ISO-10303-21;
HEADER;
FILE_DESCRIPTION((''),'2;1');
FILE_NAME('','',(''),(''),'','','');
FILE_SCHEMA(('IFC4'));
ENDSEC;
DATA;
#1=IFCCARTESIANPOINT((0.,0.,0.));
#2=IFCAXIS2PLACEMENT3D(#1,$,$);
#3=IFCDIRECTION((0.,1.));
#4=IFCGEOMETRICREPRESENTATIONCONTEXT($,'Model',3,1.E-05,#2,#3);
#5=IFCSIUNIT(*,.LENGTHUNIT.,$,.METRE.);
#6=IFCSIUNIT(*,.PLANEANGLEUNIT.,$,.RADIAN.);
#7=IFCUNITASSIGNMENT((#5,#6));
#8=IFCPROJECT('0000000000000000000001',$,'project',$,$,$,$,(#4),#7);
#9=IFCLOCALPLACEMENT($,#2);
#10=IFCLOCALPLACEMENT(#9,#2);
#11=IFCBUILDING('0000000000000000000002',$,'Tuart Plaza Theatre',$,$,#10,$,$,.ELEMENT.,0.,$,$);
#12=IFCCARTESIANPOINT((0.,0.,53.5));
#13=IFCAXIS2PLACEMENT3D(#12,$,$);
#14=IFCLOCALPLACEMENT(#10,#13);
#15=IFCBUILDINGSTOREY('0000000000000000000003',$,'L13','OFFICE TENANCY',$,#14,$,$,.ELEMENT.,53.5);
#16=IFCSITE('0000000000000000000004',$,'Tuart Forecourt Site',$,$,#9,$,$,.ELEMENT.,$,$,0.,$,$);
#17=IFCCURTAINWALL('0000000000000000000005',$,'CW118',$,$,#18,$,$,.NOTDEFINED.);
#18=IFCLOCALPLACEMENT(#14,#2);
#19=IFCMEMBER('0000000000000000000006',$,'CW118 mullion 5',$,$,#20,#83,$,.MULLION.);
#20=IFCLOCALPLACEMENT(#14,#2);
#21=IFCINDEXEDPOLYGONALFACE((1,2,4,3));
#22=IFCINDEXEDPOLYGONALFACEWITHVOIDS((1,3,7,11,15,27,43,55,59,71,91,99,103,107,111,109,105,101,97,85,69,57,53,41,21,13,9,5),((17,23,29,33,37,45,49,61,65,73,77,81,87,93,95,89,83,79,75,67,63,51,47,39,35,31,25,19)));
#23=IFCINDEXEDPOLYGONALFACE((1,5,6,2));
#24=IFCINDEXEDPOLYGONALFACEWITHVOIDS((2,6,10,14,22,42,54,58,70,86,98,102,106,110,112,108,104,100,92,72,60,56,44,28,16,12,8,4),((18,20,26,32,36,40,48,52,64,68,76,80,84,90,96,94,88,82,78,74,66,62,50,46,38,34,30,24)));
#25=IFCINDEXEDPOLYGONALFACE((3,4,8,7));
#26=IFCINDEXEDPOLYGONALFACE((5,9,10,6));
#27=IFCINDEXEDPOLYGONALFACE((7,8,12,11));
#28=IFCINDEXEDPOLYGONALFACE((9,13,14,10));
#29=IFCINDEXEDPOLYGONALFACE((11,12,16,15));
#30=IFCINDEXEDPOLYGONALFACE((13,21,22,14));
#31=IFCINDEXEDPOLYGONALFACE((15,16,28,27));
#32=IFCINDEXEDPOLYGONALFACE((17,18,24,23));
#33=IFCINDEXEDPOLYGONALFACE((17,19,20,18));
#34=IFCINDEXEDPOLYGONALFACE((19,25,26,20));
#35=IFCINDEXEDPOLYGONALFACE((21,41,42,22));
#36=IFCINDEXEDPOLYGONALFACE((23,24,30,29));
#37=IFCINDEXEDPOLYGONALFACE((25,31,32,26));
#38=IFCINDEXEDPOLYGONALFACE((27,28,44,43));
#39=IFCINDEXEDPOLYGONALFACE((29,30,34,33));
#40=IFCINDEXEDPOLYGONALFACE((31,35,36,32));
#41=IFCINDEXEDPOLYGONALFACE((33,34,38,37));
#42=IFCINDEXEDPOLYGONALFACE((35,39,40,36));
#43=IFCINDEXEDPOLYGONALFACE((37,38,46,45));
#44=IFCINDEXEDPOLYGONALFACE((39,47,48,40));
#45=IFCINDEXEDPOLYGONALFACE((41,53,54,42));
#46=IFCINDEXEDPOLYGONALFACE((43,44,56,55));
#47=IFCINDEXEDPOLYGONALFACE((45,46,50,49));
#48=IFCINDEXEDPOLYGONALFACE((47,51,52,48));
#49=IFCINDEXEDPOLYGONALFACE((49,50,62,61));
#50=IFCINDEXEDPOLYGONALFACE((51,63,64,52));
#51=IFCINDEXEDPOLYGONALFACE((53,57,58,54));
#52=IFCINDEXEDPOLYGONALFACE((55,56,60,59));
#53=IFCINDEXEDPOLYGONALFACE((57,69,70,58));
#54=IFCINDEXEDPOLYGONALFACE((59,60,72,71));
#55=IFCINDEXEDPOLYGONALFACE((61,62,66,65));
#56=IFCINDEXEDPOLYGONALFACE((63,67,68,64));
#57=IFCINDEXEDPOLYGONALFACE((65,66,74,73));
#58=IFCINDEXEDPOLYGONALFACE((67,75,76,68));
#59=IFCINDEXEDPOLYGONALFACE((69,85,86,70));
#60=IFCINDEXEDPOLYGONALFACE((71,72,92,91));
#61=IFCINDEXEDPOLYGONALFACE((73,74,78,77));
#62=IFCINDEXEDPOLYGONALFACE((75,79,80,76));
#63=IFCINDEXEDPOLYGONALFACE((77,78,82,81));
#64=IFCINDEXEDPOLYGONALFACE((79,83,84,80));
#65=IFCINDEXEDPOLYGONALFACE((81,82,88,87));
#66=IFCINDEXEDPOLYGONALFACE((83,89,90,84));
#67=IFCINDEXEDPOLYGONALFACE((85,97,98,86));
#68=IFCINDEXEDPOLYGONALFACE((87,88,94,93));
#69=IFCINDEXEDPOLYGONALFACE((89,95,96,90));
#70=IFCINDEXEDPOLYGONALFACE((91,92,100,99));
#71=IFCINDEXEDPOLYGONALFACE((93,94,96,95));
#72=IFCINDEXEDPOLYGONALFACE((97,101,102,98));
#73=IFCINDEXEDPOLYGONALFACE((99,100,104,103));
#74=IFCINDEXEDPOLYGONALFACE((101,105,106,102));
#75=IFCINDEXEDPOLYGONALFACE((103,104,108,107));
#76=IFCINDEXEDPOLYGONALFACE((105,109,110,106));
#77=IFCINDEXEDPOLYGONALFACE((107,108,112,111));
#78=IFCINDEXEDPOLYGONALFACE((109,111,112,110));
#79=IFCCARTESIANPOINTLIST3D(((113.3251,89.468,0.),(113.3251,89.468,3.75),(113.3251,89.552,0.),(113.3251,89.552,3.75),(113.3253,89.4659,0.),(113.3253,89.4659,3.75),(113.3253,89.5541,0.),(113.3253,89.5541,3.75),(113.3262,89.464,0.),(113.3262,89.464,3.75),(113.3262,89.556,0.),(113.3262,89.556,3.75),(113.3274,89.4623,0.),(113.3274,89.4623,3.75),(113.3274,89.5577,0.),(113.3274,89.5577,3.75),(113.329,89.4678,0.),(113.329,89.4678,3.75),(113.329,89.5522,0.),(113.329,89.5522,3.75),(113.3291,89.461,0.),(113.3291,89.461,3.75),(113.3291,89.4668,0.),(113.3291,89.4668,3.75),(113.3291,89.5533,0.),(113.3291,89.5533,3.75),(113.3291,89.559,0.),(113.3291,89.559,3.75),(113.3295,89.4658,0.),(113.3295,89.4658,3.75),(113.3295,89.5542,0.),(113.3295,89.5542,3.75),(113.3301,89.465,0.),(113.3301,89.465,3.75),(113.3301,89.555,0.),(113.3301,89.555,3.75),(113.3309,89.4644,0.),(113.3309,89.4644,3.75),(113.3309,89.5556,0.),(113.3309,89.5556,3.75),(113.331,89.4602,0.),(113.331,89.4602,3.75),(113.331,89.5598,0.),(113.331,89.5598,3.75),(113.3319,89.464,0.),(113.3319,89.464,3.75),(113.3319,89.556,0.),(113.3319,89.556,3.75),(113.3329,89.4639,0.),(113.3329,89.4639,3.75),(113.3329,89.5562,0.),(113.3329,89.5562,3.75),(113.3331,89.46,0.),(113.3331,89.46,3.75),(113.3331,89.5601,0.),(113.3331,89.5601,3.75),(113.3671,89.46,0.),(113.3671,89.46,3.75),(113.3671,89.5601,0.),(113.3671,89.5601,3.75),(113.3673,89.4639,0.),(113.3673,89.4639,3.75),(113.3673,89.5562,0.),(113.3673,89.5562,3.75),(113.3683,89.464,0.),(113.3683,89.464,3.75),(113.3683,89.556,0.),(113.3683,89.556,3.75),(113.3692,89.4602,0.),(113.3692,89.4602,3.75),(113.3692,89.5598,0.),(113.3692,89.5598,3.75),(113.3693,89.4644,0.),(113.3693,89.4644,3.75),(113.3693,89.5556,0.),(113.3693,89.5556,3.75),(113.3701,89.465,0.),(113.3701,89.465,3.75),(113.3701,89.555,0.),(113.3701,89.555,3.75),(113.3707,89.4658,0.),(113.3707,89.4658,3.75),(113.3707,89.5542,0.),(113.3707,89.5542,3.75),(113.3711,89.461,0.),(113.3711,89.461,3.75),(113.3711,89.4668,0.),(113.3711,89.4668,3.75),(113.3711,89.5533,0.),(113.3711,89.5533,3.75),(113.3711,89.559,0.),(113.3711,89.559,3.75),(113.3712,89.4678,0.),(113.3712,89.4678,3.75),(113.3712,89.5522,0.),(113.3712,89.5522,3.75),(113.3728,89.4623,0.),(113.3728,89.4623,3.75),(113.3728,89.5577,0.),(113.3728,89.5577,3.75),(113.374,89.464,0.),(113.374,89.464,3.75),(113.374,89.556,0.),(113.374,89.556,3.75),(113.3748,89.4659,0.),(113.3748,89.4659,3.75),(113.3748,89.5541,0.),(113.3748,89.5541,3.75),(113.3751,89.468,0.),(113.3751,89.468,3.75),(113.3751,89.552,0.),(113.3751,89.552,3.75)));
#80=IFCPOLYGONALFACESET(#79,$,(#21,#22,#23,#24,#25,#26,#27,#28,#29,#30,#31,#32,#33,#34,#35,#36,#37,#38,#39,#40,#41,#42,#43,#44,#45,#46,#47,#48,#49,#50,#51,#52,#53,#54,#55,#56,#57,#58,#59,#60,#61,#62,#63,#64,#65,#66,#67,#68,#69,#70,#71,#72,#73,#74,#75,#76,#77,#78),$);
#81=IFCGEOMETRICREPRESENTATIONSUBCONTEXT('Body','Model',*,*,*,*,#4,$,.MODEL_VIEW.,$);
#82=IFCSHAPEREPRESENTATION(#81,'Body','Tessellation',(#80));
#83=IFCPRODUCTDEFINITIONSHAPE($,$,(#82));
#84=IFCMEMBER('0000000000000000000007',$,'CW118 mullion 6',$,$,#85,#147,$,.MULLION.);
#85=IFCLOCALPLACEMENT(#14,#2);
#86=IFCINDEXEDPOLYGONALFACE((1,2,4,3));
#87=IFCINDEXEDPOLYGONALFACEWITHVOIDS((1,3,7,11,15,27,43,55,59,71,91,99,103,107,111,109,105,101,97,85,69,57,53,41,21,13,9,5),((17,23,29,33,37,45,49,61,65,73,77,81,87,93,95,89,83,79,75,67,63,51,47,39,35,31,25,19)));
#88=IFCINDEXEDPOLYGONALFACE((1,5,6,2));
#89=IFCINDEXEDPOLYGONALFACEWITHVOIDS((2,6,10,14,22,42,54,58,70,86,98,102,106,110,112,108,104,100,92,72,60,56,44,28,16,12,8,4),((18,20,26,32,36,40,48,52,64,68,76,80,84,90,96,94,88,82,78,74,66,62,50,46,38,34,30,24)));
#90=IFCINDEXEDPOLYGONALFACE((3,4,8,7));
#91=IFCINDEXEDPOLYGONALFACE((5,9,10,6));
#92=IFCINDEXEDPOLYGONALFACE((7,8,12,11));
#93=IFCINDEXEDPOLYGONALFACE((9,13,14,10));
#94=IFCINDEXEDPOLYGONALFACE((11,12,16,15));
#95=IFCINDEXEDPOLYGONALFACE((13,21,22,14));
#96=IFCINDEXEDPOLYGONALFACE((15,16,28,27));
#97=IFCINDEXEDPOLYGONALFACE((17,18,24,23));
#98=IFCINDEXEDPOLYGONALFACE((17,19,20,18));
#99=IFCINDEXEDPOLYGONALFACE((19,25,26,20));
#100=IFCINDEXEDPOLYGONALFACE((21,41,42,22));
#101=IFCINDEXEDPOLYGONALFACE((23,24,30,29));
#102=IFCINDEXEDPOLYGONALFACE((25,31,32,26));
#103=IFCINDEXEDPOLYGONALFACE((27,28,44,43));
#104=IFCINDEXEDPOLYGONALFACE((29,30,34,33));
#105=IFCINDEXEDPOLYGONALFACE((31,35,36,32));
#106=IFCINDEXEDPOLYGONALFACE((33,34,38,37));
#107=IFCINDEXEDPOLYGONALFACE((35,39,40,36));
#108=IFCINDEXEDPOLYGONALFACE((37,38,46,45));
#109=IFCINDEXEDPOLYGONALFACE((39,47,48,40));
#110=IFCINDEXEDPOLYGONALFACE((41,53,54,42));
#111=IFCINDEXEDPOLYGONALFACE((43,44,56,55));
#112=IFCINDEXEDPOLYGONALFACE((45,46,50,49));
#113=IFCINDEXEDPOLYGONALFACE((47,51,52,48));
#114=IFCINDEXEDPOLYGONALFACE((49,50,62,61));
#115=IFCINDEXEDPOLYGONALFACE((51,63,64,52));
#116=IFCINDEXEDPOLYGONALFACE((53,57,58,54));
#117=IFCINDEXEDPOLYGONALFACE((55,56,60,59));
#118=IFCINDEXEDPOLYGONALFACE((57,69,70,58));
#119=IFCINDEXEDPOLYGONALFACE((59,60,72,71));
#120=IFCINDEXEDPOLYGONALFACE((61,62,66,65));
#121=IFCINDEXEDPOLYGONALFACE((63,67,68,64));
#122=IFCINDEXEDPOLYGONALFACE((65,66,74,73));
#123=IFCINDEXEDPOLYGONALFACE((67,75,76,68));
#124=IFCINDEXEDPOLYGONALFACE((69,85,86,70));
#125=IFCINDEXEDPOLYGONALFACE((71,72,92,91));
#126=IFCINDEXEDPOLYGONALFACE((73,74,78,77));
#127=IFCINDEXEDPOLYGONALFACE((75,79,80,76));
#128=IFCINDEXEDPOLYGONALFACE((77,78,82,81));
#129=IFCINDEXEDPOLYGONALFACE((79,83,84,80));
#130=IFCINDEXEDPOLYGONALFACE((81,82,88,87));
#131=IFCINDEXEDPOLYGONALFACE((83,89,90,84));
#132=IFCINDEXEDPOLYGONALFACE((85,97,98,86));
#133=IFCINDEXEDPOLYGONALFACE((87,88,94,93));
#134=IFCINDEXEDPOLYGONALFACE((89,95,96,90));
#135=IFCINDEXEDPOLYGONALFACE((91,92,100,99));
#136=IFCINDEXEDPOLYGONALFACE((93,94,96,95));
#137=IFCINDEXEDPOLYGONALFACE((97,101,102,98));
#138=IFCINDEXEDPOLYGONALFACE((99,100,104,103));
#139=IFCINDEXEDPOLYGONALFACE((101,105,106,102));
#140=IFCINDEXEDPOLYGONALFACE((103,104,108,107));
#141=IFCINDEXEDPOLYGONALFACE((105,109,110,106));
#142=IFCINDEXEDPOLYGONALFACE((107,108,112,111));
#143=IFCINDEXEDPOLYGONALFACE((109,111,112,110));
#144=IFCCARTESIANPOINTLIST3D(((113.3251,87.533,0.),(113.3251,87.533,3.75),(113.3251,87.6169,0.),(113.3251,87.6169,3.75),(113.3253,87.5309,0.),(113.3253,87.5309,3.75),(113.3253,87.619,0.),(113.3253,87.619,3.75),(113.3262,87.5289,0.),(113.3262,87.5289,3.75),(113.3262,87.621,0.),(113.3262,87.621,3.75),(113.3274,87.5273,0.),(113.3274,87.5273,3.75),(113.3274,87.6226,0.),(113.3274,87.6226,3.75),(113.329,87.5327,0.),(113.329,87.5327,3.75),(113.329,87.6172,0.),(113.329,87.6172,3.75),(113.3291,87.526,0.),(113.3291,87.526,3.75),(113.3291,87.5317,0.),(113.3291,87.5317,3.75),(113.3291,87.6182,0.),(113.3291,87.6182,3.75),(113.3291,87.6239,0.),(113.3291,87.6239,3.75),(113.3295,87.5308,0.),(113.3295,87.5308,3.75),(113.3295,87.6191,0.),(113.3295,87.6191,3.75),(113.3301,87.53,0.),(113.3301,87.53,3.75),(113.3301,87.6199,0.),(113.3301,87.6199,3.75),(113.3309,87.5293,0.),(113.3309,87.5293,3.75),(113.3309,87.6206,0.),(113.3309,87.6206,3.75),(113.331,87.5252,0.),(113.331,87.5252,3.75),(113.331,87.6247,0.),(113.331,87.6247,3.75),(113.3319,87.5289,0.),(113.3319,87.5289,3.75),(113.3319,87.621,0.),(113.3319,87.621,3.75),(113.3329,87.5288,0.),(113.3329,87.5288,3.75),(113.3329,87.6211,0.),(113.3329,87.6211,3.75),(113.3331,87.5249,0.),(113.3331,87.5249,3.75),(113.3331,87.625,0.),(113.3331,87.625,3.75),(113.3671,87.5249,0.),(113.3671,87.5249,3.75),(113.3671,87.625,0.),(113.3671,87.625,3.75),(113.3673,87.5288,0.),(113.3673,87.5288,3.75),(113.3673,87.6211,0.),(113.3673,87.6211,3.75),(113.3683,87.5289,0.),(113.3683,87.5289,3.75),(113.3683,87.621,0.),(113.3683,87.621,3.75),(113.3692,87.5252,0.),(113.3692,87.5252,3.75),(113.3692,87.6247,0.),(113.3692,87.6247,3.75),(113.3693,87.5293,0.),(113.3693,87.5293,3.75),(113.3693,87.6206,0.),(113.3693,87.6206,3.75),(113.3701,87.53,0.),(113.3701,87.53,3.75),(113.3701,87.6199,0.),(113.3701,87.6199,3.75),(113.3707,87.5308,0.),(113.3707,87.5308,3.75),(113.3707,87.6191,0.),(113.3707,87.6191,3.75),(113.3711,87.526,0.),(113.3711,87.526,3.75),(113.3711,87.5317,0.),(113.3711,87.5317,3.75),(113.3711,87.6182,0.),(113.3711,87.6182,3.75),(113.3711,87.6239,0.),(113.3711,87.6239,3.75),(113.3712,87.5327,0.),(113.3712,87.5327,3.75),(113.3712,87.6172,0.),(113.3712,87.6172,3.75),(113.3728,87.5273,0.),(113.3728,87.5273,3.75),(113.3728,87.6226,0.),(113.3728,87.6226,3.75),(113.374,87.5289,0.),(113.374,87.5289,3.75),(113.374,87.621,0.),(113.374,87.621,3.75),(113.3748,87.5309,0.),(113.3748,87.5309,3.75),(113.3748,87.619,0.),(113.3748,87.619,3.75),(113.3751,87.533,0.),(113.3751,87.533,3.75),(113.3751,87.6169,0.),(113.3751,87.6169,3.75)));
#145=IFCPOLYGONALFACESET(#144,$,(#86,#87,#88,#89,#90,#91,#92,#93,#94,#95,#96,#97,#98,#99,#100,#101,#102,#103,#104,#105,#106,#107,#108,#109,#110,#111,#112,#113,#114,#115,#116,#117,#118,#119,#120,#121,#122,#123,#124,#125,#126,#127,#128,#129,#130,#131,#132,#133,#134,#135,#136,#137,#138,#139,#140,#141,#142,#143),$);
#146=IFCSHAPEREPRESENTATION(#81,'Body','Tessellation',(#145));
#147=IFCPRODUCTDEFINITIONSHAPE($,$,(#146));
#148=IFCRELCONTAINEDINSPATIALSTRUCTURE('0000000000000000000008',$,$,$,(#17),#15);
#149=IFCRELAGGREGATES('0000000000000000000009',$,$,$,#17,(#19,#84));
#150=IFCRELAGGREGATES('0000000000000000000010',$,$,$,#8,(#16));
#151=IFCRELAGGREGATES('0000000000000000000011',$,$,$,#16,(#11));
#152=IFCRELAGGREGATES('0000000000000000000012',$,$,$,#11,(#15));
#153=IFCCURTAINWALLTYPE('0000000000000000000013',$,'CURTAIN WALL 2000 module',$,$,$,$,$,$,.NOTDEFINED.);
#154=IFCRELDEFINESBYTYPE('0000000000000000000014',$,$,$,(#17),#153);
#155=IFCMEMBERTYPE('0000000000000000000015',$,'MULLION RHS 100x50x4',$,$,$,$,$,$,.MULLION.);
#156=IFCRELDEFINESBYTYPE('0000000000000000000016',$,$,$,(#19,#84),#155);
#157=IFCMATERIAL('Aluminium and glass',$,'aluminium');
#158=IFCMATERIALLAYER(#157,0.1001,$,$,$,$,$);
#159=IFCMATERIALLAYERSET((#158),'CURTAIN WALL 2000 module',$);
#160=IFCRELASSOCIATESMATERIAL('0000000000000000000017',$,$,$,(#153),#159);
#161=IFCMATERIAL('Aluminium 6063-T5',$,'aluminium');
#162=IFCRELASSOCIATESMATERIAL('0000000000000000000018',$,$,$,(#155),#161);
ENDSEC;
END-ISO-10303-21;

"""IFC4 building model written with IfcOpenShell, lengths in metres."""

from ifc_helpers import new_model, si_unit, direction, frame, origin, origin_2d, place, context, subcontext, project, spatial, hollow_rectangle, extrude, material, layer, layer_set, material_profile, profile_set, type_object, element, aggregate, save


model = new_model("IFC4")

# Units and contexts
model_context = context("Model", 3, precision=1e-05, world=origin(), true_north=direction((0.0, 1.0)))
body_context = subcontext(model_context, "Body", "Model", "MODEL_VIEW")
ifc_project = project(units=[si_unit("LENGTHUNIT", "METRE"), si_unit("PLANEANGLEUNIT", "RADIAN")], contexts=[model_context])

# Site, building, storey
site_placement = place(None, origin())
site = spatial("IfcSite", under=ifc_project, at=site_placement, Name="Tuart Forecourt Site", CompositionType="ELEMENT", RefElevation=0.0)
building_placement = place(site_placement, origin())
building = spatial("IfcBuilding", under=site, at=building_placement, Name="Tuart Plaza Theatre", CompositionType="ELEMENT", ElevationOfRefHeight=0.0)
storey_placement = place(building_placement, frame((0.0, 0.0, 53.5)))
storey = spatial("IfcBuildingStorey", under=building, at=storey_placement, Name="L13", Description="OFFICE TENANCY", CompositionType="ELEMENT", Elevation=53.5)

# Curtain wall, members
ifc_material_1 = material(Name="Aluminium and glass", Category="aluminium")
ifc_layer_1 = layer(ifc_material_1, 0.1001)
ifc_layer_set_1 = layer_set([ifc_layer_1], Name="CURTAIN WALL 2000 module")
curtain_wall_type = type_object("IfcCurtainWallType", Name="CURTAIN WALL 2000 module", PredefinedType="NOTDEFINED", material=ifc_layer_set_1)
curtain_wall_placement = place(storey_placement, origin())
curtain_wall = element("IfcCurtainWall", 1, at=curtain_wall_placement, inside=storey, type_object=curtain_wall_type, Name="CW118", PredefinedType="NOTDEFINED")
ifc_material_2 = material(Name="Aluminium 6063-T5", Category="aluminium")
ifc_material_profile_1 = material_profile(ifc_material_2, hollow_rectangle(XDim=0.05, YDim=0.1001, WallThickness=0.0039, InnerFilletRadius=0.0039, OuterFilletRadius=0.0081, at=origin_2d()), Name="RHS 100x50x4")
ifc_profile_set_1 = profile_set([ifc_material_profile_1], Name="Aluminium 6063-T5")
member_type_1 = type_object("IfcMemberType", Name="MULLION RHS 100x50x4", PredefinedType="MULLION", material=ifc_profile_set_1)
member_1_placement = place(storey_placement, frame((113.3501, 89.51, 0.0), z_axis=(0.0, 0.0, 1.0), x_axis=(1.0, 0.0, 0.0)))
member_1 = element("IfcMember", 2, at=member_1_placement, type_object=member_type_1, Name="CW118 mullion 5", PredefinedType="MULLION", context=body_context, shape_type="SweptSolid", body=[
    extrude(hollow_rectangle(XDim=0.05, YDim=0.1001, WallThickness=0.0039, InnerFilletRadius=0.0039, OuterFilletRadius=0.0081, at=origin_2d()), origin(), (0.0, 0.0, 1.0), 3.75),
])
member_2_placement = place(storey_placement, frame((113.3501, 87.575, 0.0), z_axis=(0.0, 0.0, 1.0), x_axis=(1.0, 0.0, 0.0)))
member_2 = element("IfcMember", 3, at=member_2_placement, type_object=member_type_1, Name="CW118 mullion 6", PredefinedType="MULLION", context=body_context, shape_type="SweptSolid", body=[
    extrude(hollow_rectangle(XDim=0.05, YDim=0.1001, WallThickness=0.0039, InnerFilletRadius=0.0039, OuterFilletRadius=0.0081, at=origin_2d()), origin(), (0.0, 0.0, 1.0), 3.75),
])
aggregate(curtain_wall, [member_1, member_2])

save(model, "model.ifc")
